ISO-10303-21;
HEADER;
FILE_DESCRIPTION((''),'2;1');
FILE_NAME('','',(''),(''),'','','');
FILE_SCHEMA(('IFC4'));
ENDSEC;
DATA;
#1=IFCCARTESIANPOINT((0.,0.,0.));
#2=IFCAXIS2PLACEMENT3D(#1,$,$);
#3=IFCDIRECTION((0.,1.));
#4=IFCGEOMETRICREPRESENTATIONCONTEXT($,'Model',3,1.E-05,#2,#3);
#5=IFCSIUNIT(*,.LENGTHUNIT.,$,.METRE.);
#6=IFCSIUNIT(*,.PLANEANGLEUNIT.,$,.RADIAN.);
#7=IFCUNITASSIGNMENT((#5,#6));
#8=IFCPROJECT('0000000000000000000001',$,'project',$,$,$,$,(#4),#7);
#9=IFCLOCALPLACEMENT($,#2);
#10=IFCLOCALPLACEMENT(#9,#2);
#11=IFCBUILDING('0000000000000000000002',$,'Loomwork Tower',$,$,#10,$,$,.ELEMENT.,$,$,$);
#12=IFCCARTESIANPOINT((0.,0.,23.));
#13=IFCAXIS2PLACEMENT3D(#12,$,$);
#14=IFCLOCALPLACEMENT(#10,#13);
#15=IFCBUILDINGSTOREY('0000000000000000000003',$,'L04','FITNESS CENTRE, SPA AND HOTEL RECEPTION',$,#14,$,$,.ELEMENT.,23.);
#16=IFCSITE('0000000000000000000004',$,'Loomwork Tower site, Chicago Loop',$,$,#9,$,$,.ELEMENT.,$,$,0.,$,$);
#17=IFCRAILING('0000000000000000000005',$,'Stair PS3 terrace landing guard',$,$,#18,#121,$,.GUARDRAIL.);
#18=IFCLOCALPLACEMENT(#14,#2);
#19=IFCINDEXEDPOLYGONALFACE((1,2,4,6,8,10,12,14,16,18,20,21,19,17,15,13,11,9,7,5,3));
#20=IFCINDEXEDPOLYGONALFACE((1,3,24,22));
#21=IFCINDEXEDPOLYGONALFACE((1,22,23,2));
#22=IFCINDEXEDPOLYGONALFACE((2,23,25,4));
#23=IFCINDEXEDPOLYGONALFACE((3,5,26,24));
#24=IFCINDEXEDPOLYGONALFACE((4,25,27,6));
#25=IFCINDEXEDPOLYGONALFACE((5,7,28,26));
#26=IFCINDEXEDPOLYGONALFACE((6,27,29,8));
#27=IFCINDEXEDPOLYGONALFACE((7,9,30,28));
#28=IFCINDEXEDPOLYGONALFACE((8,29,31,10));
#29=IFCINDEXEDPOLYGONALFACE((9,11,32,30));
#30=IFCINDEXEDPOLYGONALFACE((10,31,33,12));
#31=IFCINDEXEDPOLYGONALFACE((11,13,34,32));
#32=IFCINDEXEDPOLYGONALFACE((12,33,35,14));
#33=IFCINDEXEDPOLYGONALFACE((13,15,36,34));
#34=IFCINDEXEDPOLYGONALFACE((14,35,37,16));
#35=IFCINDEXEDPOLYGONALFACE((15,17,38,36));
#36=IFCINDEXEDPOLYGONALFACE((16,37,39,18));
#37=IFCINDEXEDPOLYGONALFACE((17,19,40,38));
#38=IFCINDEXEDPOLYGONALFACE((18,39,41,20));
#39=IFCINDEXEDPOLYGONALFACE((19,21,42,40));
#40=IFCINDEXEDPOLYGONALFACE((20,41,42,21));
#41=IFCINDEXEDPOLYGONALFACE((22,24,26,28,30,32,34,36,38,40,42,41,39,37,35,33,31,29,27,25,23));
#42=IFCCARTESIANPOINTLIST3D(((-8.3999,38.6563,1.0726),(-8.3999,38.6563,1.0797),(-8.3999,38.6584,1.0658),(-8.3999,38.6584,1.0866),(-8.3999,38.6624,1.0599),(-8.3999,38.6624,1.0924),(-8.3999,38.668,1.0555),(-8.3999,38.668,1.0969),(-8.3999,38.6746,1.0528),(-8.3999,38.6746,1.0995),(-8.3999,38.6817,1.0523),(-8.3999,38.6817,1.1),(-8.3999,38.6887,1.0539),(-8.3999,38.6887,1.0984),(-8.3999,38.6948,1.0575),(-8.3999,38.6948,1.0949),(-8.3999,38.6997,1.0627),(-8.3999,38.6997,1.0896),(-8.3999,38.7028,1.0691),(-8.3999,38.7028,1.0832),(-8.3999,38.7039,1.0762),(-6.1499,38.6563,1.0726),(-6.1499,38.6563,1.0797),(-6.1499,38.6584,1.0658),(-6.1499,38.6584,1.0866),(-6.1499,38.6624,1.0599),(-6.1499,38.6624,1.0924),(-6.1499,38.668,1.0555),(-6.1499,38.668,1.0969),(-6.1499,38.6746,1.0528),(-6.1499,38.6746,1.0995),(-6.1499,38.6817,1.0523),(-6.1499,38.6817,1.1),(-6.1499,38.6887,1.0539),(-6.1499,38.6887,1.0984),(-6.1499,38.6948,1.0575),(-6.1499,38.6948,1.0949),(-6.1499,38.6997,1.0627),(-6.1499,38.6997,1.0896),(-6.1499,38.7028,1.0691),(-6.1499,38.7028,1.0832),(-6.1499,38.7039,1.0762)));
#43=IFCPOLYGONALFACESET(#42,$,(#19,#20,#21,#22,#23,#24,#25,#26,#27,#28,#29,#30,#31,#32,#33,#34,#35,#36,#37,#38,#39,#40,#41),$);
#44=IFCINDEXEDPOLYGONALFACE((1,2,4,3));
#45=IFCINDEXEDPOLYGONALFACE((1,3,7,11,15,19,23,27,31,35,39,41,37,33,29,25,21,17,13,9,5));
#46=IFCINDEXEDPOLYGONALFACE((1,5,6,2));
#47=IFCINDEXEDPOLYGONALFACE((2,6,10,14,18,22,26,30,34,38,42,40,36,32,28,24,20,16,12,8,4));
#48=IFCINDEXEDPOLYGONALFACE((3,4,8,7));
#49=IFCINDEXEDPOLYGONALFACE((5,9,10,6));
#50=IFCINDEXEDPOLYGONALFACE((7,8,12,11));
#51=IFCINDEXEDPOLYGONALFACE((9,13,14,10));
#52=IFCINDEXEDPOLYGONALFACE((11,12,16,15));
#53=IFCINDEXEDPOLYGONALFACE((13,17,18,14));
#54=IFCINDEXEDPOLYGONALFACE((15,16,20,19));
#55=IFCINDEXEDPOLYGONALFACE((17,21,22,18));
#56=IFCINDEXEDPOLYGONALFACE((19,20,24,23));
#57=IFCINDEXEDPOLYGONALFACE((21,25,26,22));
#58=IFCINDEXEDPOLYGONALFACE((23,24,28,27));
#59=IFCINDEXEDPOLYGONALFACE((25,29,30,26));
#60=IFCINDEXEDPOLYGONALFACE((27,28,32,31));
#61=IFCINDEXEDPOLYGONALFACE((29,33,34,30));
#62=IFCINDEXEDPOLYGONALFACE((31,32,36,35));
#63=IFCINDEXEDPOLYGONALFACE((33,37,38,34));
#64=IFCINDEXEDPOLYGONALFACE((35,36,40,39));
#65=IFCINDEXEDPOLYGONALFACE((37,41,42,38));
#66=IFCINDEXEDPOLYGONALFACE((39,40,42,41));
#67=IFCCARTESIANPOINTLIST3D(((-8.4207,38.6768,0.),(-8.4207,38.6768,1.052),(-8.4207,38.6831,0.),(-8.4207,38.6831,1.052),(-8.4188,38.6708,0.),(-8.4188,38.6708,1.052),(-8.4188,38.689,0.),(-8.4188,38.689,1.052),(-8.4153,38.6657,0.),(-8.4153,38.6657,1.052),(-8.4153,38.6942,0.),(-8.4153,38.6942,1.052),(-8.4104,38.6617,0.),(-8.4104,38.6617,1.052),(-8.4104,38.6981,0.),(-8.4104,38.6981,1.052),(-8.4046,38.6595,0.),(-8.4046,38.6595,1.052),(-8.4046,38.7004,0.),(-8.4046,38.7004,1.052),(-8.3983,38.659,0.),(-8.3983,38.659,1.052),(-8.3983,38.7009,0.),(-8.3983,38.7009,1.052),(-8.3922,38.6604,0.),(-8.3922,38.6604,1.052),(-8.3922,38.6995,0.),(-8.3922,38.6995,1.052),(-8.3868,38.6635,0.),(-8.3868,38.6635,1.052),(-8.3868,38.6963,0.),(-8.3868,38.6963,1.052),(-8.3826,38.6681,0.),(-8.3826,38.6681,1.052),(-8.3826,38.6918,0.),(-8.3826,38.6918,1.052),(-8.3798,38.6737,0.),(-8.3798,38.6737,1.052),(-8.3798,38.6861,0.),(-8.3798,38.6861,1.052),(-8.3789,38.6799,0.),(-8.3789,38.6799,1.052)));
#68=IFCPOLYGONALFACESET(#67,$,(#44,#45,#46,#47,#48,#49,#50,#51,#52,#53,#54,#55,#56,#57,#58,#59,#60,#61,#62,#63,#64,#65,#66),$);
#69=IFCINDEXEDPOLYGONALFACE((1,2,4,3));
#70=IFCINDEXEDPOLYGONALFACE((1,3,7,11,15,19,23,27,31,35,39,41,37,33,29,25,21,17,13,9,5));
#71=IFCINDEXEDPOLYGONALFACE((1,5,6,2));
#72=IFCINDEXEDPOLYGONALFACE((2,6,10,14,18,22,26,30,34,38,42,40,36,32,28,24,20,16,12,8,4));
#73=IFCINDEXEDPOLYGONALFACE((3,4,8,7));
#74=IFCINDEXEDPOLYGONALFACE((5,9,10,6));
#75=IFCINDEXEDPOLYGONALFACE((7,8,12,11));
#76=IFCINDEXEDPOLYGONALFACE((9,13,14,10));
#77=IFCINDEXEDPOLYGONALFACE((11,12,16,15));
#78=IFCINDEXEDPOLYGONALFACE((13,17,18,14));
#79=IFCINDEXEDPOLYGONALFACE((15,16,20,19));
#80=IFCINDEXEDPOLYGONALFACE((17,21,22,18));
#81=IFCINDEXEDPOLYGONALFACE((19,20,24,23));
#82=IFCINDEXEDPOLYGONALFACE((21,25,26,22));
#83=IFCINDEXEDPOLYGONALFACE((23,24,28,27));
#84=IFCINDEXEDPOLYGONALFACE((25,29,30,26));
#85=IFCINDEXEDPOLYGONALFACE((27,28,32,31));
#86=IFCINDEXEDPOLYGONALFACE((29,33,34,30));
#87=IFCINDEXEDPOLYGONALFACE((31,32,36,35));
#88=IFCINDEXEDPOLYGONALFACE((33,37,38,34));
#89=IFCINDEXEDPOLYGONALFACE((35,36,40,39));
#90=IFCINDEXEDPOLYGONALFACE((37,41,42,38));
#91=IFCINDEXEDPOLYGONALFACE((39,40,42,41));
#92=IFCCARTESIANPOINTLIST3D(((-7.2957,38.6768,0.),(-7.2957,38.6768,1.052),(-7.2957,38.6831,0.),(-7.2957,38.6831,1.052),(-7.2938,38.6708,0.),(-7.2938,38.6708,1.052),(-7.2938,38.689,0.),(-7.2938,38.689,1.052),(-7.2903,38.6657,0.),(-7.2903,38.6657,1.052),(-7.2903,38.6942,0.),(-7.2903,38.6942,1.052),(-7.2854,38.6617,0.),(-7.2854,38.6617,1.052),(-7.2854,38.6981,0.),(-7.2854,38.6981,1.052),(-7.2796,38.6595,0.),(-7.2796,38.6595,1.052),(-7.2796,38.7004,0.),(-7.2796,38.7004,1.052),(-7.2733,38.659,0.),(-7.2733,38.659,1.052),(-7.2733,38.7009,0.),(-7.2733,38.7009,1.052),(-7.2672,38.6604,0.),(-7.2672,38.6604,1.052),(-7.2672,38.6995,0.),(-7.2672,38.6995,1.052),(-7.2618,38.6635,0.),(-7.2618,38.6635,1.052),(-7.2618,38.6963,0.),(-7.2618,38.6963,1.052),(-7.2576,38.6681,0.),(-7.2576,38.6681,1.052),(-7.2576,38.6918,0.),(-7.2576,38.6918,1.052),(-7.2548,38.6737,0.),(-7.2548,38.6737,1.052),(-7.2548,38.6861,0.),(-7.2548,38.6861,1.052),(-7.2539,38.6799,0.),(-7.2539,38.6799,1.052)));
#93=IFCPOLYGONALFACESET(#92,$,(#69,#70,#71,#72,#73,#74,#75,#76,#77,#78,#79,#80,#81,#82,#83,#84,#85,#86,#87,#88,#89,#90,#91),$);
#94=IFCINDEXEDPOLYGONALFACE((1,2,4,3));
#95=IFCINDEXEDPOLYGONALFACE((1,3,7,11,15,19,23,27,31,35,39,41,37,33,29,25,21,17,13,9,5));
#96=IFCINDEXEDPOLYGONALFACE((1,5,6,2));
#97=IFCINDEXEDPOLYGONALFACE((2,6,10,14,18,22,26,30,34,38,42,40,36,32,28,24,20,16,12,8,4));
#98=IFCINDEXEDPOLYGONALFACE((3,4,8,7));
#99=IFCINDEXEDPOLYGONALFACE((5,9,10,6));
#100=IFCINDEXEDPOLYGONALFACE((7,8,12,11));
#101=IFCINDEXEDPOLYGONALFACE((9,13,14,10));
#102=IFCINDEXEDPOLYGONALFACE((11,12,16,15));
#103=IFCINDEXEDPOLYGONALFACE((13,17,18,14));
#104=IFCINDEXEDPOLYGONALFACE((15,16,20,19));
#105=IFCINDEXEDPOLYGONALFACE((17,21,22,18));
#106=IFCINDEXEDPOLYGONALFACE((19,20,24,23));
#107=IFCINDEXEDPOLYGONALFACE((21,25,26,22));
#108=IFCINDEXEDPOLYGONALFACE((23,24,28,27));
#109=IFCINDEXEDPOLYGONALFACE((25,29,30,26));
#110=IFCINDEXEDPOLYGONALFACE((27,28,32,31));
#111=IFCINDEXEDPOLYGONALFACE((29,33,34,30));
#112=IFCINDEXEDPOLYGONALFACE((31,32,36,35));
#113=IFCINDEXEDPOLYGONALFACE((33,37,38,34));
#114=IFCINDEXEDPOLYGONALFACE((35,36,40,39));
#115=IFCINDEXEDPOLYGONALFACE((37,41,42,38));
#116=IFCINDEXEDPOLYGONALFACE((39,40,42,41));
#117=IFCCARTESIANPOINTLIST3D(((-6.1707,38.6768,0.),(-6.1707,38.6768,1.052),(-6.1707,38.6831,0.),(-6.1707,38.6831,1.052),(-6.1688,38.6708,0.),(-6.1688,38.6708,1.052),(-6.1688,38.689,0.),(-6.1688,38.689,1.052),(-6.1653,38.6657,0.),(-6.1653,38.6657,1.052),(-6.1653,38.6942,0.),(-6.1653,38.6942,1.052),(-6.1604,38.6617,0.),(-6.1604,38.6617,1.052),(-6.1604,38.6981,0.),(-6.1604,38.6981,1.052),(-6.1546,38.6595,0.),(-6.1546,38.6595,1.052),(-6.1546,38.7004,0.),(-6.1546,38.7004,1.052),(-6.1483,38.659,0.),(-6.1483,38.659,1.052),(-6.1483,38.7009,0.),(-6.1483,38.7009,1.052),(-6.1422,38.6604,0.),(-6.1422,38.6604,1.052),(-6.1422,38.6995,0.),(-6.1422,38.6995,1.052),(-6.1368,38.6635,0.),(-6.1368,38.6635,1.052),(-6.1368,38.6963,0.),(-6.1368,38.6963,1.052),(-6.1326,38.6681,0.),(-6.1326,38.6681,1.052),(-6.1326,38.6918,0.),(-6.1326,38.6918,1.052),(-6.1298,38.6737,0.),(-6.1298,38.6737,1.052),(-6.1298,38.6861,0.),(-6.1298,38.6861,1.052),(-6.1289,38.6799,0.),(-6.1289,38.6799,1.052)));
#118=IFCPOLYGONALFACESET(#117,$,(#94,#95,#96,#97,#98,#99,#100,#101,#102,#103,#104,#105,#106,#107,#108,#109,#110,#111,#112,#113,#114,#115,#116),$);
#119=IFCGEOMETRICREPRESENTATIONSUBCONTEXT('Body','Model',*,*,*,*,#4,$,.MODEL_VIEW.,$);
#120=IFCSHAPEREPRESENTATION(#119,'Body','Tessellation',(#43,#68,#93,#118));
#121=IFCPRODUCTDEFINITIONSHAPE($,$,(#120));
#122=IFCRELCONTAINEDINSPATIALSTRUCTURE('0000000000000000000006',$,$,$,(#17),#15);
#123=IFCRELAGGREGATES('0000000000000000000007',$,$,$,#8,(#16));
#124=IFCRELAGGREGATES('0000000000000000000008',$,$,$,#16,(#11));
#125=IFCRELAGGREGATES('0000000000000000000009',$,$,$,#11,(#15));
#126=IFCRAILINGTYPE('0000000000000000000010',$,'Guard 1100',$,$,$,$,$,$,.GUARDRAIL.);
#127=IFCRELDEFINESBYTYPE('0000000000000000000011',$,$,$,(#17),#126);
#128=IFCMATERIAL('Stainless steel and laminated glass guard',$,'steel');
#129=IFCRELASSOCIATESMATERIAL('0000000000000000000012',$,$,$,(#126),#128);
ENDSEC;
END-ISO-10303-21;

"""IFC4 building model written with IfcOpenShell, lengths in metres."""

from ifc_helpers import new_model, si_unit, direction, frame, origin, origin_2d, place, context, subcontext, project, spatial, circle, extrude, material, type_object, element, save


model = new_model("IFC4")

# Units and contexts
model_context = context("Model", 3, precision=1e-05, world=origin(), true_north=direction((0.0, 1.0)))
body_context = subcontext(model_context, "Body", "Model", "MODEL_VIEW")
ifc_project = project(units=[si_unit("LENGTHUNIT", "METRE"), si_unit("PLANEANGLEUNIT", "RADIAN")], contexts=[model_context])

# Site, building, storey
site_placement = place(None, origin())
site = spatial("IfcSite", under=ifc_project, at=site_placement, Name="Loomwork Tower site, Chicago Loop", CompositionType="ELEMENT", RefElevation=0.0)
building_placement = place(site_placement, origin())
building = spatial("IfcBuilding", under=site, at=building_placement, Name="Loomwork Tower", CompositionType="ELEMENT")
storey_placement = place(building_placement, frame((0.0, 0.0, 23.0)))
storey = spatial("IfcBuildingStorey", under=building, at=storey_placement, Name="L04", Description="FITNESS CENTRE, SPA AND HOTEL RECEPTION", CompositionType="ELEMENT", Elevation=23.0)

# Railing
ifc_material_1 = material(Name="Stainless steel and laminated glass guard", Category="steel")
railing_type = type_object("IfcRailingType", Name="Guard 1100", PredefinedType="GUARDRAIL", material=ifc_material_1)
railing_1_placement = place(storey_placement, frame((-8.3999, 38.6799, 0.0)))
element("IfcRailing", 1, at=railing_1_placement, inside=storey, type_object=railing_type, Name="Stair PS3 terrace landing guard", PredefinedType="GUARDRAIL", context=body_context, shape_type="SweptSolid", body=[
    extrude(circle(Radius=0.0239, at=origin_2d()), frame((0.0, 0.0, 1.0762), z_axis=(1.0, 0.0, 0.0), x_axis=(0.0, 1.0, 0.0)), (0.0, 0.0, 1.0), 2.25),
    extrude(circle(Radius=0.021, at=origin_2d()), origin(), (0.0, 0.0, 1.0), 1.052),
    extrude(circle(Radius=0.021, at=origin_2d()), frame((1.125, 0.0, 0.0)), (0.0, 0.0, 1.0), 1.052),
    extrude(circle(Radius=0.021, at=origin_2d()), frame((2.25, 0.0, 0.0)), (0.0, 0.0, 1.0), 1.052),
])

save(model, "model.ifc")
